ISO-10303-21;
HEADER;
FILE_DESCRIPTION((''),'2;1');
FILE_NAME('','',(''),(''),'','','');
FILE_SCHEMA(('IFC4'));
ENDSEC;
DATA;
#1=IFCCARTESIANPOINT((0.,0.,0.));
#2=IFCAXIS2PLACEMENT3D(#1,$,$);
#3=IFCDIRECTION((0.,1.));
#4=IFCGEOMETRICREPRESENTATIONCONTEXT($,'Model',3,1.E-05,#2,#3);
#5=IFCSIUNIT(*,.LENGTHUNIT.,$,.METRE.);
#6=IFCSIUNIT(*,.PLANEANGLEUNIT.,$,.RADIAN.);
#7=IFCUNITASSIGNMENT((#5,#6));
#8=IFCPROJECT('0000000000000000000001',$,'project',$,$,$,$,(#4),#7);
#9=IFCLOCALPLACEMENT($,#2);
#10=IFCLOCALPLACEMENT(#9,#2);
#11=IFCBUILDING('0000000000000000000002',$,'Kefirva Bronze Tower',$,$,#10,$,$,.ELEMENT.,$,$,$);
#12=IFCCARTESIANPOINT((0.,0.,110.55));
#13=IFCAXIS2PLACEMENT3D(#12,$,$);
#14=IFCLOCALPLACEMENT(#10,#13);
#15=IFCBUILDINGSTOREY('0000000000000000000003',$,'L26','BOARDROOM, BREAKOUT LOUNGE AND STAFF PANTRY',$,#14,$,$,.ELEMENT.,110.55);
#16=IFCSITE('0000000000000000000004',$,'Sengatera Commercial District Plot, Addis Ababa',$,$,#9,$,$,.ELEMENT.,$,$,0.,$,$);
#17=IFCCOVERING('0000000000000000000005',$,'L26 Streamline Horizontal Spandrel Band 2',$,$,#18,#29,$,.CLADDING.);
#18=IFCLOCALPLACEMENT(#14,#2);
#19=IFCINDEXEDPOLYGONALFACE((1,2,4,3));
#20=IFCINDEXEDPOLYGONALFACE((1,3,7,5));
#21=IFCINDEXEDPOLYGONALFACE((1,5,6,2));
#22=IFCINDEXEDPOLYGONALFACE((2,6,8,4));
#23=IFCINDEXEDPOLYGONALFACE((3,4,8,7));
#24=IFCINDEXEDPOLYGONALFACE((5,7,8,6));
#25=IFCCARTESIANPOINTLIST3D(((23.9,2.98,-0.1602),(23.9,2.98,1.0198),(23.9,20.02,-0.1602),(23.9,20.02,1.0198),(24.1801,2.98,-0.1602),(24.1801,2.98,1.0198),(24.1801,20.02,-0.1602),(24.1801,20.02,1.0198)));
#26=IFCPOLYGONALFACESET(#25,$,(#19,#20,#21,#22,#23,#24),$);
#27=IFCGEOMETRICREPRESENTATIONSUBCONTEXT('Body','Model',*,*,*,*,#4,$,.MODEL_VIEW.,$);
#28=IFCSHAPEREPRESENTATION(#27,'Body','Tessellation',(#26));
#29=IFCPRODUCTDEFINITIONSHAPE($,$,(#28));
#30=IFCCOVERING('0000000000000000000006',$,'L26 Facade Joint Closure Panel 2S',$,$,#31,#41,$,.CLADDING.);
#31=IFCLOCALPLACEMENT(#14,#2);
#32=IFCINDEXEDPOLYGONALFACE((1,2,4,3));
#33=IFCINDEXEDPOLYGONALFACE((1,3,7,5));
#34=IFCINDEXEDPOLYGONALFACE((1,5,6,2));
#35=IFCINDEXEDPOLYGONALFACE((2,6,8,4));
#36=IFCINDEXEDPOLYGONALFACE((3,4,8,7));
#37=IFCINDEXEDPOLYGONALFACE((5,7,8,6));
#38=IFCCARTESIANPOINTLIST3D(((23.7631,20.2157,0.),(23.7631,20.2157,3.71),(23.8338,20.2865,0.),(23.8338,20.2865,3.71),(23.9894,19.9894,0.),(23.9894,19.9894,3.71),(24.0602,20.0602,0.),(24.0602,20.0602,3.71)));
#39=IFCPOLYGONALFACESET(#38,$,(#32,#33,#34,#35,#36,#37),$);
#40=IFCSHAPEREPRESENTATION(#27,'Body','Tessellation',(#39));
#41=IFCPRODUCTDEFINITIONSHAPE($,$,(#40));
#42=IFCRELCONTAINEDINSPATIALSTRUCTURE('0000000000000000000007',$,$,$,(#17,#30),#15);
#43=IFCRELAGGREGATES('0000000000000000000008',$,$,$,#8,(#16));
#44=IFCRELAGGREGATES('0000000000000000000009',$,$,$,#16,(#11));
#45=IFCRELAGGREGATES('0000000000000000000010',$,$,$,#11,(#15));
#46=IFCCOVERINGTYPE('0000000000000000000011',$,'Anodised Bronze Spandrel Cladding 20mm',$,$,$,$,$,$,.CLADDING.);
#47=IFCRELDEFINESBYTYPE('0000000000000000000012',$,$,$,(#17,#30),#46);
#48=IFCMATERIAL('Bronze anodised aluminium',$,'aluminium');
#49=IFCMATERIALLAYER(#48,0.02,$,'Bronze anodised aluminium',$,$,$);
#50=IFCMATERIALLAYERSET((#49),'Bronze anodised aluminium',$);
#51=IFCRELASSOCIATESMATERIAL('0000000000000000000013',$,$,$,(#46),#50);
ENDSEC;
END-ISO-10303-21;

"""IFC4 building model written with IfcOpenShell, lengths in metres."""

from ifc_helpers import new_model, si_unit, direction, frame, origin, origin_2d, place, context, subcontext, project, spatial, rectangle, extrude, material, layer, layer_set, type_object, element, save


model = new_model("IFC4")

# Units and contexts
model_context = context("Model", 3, precision=1e-05, world=origin(), true_north=direction((0.0, 1.0)))
body_context = subcontext(model_context, "Body", "Model", "MODEL_VIEW")
ifc_project = project(units=[si_unit("LENGTHUNIT", "METRE"), si_unit("PLANEANGLEUNIT", "RADIAN")], contexts=[model_context])

# Site, building, storey
site_placement = place(None, origin())
site = spatial("IfcSite", under=ifc_project, at=site_placement, Name="Sengatera Commercial District Plot, Addis Ababa", CompositionType="ELEMENT", RefElevation=0.0)
building_placement = place(site_placement, origin())
building = spatial("IfcBuilding", under=site, at=building_placement, Name="Kefirva Bronze Tower", CompositionType="ELEMENT")
storey_placement = place(building_placement, frame((0.0, 0.0, 110.55)))
storey = spatial("IfcBuildingStorey", under=building, at=storey_placement, Name="L26", Description="BOARDROOM, BREAKOUT LOUNGE AND STAFF PANTRY", CompositionType="ELEMENT", Elevation=110.55)

# Shared definitions
ifc_material_1 = material(Name="Bronze anodised aluminium", Category="aluminium")

# Coverings
ifc_layer_1 = layer(ifc_material_1, 0.02, Name="Bronze anodised aluminium")
ifc_layer_set_1 = layer_set([ifc_layer_1], Name="Bronze anodised aluminium")
covering_type = type_object("IfcCoveringType", Name="Anodised Bronze Spandrel Cladding 20mm", PredefinedType="CLADDING", material=ifc_layer_set_1)
covering_1_placement = place(storey_placement, frame((24.04, 11.5, -0.1602), z_axis=(0.0, 0.0, 1.0), x_axis=(0.0, 1.0, 0.0)))
element("IfcCovering", 1, at=covering_1_placement, inside=storey, type_object=covering_type, Name="L26 Streamline Horizontal Spandrel Band 2", PredefinedType="CLADDING", context=body_context, shape_type="SweptSolid", body=[
    extrude(rectangle(XDim=17.04, YDim=0.28, at=origin_2d()), origin(), (0.0, 0.0, 1.0), 1.1799),
])
covering_2_placement = place(storey_placement, frame((23.9116, 20.1379, 0.0), z_axis=(0.0, 0.0, 1.0), x_axis=(0.707107, 0.707107, 0.0)))
element("IfcCovering", 2, at=covering_2_placement, inside=storey, type_object=covering_type, Name="L26 Facade Joint Closure Panel 2S", PredefinedType="CLADDING", context=body_context, shape_type="SweptSolid", body=[
    extrude(rectangle(XDim=0.1001, YDim=0.3201, at=origin_2d()), origin(), (0.0, 0.0, 1.0), 3.71),
])

save(model, "model.ifc")
